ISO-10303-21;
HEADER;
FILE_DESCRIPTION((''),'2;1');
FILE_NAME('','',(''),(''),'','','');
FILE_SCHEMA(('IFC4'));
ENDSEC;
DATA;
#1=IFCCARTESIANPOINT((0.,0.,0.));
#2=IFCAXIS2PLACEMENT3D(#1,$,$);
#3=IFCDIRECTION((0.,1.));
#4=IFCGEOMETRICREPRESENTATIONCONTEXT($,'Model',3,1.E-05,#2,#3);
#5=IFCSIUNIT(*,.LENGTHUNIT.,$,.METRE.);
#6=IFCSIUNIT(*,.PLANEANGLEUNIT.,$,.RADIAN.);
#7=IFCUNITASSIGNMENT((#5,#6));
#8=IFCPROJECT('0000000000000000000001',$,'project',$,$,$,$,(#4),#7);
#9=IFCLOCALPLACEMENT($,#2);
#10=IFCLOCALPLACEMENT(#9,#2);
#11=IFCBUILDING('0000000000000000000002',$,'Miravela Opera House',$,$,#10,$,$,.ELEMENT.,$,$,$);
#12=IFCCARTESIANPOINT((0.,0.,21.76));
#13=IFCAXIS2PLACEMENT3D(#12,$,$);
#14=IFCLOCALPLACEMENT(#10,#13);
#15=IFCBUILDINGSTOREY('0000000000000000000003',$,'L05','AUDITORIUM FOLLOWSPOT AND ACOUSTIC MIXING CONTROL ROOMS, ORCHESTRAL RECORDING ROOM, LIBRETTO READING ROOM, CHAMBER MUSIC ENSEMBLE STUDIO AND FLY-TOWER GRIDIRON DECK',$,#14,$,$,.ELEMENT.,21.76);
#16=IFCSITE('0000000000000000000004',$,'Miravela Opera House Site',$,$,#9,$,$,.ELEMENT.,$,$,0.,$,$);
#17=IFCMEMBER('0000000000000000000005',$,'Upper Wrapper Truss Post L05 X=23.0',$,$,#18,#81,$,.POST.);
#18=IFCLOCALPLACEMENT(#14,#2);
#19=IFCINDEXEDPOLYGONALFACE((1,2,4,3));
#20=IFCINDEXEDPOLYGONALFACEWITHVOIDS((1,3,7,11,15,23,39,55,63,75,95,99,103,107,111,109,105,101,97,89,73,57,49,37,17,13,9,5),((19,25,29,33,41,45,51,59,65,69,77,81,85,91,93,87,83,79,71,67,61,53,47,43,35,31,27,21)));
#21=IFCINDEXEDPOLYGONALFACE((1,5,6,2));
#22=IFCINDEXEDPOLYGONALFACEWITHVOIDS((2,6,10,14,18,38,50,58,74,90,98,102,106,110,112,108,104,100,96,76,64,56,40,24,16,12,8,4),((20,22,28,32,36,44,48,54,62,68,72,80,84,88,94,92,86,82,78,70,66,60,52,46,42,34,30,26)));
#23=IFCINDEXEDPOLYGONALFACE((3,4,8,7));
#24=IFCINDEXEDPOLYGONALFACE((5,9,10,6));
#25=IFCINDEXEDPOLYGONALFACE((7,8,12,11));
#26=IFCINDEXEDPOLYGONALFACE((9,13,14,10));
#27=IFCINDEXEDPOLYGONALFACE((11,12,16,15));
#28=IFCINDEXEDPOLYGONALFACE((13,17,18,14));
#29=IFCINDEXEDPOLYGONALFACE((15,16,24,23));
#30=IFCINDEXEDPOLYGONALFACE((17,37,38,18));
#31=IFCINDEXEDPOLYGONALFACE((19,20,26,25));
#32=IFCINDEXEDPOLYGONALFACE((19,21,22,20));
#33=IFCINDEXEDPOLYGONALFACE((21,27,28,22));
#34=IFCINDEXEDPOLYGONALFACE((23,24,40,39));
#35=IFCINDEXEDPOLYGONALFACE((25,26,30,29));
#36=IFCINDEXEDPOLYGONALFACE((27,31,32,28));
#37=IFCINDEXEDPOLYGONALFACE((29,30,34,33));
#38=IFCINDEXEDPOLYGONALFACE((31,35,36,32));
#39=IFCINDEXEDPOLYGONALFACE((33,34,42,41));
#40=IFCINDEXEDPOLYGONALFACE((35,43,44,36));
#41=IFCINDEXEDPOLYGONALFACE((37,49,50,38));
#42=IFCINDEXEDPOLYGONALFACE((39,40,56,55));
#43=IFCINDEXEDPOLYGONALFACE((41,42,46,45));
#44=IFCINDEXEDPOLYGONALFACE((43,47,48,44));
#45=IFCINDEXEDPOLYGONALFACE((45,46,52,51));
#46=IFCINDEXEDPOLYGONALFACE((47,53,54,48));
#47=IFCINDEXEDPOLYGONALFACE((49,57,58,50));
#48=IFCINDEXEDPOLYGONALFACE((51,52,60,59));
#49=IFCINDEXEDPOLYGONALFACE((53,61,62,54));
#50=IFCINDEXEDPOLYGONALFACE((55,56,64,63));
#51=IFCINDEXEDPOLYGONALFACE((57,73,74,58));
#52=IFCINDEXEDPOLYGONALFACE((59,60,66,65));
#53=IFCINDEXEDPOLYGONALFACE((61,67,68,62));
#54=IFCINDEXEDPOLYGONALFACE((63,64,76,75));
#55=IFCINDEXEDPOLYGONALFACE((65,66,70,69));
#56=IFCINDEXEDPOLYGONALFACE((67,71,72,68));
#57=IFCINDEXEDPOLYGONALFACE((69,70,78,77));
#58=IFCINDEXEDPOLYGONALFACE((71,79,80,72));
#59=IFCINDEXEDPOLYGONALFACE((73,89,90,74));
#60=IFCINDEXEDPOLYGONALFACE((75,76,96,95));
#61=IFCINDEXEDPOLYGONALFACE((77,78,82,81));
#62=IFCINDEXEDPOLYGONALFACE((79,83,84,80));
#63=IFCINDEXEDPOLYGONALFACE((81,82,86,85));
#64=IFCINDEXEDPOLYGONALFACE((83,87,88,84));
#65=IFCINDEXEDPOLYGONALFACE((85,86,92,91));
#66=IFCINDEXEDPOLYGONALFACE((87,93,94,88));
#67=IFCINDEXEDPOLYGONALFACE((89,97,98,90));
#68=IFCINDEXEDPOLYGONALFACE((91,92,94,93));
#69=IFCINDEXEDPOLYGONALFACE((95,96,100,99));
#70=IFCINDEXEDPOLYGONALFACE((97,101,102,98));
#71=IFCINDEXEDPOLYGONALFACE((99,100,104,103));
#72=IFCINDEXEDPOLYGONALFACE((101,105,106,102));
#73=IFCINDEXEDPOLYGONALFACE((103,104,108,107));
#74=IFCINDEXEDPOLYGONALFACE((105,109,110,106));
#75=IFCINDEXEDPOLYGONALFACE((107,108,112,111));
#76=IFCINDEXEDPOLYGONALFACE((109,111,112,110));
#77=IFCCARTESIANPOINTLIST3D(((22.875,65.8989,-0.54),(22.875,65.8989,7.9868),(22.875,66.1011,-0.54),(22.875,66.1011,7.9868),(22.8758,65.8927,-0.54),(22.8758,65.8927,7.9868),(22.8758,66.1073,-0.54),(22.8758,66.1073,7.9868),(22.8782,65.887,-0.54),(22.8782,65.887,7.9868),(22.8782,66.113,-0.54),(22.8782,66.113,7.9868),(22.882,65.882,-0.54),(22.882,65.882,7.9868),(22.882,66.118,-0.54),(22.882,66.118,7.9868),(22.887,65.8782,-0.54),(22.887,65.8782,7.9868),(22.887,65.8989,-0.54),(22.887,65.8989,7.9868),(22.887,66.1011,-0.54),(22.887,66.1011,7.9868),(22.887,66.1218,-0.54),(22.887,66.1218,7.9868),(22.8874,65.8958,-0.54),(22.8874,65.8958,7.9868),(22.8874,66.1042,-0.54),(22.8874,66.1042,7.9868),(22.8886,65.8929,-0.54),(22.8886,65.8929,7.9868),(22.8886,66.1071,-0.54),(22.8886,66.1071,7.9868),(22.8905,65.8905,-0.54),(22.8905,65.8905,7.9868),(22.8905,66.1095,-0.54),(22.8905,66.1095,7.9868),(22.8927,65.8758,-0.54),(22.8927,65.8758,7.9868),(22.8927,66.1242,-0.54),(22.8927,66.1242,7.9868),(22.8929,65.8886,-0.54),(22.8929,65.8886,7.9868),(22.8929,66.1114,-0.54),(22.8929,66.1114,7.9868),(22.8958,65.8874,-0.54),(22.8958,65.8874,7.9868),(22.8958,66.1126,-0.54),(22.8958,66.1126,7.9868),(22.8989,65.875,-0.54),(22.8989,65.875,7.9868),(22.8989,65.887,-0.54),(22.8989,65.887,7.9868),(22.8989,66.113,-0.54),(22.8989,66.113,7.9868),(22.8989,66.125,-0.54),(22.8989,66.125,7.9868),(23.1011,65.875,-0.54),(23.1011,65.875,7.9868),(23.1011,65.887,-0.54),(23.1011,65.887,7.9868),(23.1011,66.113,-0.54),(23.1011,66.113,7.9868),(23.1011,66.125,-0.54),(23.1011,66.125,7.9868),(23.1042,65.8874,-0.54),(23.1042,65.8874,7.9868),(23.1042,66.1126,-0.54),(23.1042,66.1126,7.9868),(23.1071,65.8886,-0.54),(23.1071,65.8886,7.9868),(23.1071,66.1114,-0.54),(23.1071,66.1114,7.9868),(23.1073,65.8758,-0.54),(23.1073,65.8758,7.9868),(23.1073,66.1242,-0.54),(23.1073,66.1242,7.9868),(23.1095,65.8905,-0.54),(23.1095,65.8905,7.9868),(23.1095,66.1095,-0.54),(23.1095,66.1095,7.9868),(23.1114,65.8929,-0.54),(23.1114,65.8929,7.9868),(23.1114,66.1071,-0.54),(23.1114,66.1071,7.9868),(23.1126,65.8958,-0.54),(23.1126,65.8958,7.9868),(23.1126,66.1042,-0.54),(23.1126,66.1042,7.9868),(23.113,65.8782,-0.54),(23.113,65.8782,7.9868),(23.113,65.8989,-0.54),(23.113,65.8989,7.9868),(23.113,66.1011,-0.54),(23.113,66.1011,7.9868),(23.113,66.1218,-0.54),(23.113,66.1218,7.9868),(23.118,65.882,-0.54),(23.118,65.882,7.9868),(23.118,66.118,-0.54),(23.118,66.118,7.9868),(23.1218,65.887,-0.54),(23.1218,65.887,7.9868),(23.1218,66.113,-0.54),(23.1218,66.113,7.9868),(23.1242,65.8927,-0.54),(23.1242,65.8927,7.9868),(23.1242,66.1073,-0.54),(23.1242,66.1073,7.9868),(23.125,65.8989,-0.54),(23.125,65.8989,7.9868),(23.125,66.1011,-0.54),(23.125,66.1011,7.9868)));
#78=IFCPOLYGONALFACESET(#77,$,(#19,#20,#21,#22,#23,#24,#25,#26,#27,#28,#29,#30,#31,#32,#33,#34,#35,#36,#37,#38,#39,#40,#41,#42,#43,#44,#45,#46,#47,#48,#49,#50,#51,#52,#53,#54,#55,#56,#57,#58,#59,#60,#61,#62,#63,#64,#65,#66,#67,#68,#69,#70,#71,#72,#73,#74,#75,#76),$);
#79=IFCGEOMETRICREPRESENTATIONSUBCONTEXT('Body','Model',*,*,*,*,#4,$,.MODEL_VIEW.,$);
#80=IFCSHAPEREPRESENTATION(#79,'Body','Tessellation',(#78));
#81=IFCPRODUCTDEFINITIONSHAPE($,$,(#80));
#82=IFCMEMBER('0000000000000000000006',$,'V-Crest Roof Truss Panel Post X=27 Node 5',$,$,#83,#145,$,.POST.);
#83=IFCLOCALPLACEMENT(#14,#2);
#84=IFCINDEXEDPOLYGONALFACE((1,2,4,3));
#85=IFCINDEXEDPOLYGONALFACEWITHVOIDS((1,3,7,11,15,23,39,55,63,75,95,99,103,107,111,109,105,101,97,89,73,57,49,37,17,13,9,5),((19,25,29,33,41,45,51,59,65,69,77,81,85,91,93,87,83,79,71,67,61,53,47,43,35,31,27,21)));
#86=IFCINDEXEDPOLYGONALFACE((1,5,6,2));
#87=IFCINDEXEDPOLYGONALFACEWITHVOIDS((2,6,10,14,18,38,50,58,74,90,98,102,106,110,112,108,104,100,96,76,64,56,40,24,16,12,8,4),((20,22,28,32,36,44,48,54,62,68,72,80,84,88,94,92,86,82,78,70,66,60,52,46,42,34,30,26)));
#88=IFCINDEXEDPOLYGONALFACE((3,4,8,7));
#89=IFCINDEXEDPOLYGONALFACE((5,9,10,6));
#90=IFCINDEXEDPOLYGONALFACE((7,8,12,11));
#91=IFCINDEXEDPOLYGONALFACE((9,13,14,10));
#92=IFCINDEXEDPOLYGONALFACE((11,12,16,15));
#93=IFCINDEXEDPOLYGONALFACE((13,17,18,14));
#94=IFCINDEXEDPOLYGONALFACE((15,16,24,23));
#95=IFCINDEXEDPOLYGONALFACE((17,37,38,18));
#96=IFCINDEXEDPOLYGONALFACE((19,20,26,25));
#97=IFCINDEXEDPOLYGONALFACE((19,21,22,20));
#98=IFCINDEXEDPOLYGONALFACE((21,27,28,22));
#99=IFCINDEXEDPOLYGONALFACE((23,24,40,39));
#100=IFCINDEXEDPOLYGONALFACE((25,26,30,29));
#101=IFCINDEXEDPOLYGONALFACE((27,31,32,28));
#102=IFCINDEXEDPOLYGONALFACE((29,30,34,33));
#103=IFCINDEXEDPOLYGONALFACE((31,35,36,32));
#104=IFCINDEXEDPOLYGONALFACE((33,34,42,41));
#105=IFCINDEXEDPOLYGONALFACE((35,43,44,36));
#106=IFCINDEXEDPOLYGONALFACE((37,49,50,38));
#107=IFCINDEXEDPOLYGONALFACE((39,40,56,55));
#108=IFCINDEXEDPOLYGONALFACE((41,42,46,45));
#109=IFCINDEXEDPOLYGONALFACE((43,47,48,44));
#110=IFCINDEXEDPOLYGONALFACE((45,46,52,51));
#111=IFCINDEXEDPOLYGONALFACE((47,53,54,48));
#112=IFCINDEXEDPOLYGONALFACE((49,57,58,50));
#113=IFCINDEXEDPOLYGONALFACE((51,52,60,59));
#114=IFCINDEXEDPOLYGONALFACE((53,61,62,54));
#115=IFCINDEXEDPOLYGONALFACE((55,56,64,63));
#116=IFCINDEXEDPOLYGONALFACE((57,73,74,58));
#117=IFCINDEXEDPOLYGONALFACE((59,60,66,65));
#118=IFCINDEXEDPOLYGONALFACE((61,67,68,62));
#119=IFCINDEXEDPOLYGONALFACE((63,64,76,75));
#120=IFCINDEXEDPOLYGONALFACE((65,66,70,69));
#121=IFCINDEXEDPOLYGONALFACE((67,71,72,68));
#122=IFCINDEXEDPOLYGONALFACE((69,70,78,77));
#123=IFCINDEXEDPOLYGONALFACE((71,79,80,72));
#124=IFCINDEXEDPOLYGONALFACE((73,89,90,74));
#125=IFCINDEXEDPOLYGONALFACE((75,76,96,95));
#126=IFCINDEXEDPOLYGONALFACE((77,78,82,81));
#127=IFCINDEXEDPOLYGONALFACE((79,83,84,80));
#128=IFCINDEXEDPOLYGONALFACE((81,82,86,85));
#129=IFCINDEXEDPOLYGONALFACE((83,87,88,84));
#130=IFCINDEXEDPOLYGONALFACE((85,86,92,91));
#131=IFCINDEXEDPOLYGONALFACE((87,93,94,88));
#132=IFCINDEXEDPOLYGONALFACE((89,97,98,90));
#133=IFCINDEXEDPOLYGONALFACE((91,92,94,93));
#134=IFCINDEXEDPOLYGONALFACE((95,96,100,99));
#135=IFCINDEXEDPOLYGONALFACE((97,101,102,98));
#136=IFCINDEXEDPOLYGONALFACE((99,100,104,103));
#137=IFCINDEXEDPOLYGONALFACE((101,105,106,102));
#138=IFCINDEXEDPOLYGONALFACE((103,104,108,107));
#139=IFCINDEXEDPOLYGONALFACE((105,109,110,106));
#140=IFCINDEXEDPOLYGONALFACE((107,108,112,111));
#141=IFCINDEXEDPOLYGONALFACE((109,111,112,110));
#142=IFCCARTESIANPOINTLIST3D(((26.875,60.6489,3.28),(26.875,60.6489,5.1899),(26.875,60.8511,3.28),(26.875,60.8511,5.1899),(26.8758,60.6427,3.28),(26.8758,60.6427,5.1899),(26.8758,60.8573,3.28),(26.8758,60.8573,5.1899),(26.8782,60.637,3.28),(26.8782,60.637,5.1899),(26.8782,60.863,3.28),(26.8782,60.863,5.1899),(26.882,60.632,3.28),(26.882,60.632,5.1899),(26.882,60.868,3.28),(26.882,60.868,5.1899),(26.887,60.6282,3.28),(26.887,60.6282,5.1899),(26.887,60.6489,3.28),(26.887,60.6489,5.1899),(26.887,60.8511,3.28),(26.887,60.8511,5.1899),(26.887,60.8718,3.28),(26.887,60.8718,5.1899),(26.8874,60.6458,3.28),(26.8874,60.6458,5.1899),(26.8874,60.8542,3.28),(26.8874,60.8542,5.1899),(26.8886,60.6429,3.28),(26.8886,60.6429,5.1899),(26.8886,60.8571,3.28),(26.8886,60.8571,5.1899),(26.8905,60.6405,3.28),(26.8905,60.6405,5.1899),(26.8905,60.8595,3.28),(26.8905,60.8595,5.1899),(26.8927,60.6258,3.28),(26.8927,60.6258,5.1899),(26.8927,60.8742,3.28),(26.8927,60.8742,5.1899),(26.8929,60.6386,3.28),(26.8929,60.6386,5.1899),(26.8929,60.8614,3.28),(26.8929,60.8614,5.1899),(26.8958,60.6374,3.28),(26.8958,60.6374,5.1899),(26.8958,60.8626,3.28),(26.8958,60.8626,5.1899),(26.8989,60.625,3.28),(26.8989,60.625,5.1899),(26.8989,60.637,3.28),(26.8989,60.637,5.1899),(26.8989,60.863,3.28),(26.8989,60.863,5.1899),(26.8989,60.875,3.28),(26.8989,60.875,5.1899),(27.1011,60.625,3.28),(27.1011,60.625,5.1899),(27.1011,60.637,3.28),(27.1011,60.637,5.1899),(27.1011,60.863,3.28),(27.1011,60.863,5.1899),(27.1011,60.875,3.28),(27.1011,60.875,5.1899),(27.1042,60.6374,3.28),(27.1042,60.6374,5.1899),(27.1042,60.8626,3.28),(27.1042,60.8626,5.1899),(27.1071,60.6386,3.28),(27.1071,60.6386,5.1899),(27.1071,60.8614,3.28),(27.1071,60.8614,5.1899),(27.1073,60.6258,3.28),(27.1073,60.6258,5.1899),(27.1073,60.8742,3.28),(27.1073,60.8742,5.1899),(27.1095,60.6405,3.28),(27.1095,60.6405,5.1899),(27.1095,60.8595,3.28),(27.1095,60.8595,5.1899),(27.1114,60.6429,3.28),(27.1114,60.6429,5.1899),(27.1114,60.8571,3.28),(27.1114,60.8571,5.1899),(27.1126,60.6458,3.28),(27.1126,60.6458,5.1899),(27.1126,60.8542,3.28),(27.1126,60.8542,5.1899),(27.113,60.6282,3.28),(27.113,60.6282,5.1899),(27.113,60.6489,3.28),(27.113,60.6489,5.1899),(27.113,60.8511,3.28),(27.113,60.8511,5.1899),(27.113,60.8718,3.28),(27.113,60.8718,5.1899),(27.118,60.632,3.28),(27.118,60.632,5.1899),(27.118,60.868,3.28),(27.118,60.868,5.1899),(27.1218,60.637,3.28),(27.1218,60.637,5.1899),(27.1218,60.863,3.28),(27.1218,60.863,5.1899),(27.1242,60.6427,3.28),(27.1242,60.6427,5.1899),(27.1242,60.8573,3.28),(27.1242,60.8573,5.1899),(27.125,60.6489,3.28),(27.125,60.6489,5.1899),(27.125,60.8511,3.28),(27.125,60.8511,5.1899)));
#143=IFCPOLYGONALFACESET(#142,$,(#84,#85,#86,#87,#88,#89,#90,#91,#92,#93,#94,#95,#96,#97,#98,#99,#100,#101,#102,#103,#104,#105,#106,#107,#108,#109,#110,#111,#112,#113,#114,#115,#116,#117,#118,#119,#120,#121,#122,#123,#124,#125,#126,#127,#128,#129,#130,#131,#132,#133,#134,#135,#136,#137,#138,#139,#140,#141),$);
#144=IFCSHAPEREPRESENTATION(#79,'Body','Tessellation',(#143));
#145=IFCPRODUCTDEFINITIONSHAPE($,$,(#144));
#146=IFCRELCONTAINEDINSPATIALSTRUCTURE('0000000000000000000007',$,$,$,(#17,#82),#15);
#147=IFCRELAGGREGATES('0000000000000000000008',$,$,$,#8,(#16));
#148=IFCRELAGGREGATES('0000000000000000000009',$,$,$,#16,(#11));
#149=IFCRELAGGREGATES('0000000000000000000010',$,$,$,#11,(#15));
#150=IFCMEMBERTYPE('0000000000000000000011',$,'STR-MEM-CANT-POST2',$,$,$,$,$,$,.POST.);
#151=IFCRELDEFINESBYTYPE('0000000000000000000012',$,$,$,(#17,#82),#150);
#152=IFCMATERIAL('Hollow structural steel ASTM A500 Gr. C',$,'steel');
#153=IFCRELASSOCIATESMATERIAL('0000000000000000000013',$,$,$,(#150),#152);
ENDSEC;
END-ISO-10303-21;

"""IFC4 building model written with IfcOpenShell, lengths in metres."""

from ifc_helpers import new_model, si_unit, direction, frame, origin, origin_2d, place, context, subcontext, project, spatial, hollow_rectangle, extrude, material, material_profile, profile_set, type_object, element, save


model = new_model("IFC4")

# Units and contexts
model_context = context("Model", 3, precision=1e-05, world=origin(), true_north=direction((0.0, 1.0)))
body_context = subcontext(model_context, "Body", "Model", "MODEL_VIEW")
ifc_project = project(units=[si_unit("LENGTHUNIT", "METRE"), si_unit("PLANEANGLEUNIT", "RADIAN")], contexts=[model_context])

# Site, building, storey
site_placement = place(None, origin())
site = spatial("IfcSite", under=ifc_project, at=site_placement, Name="Miravela Opera House Site", CompositionType="ELEMENT", RefElevation=0.0)
building_placement = place(site_placement, origin())
building = spatial("IfcBuilding", under=site, at=building_placement, Name="Miravela Opera House", CompositionType="ELEMENT")
storey_placement = place(building_placement, frame((0.0, 0.0, 21.76)))
storey = spatial("IfcBuildingStorey", under=building, at=storey_placement, Name="L05", Description="AUDITORIUM FOLLOWSPOT AND ACOUSTIC MIXING CONTROL ROOMS, ORCHESTRAL RECORDING ROOM, LIBRETTO READING ROOM, CHAMBER MUSIC ENSEMBLE STUDIO AND FLY-TOWER GRIDIRON DECK", CompositionType="ELEMENT", Elevation=21.76)

# Members
ifc_material_1 = material(Name="Hollow structural steel ASTM A500 Gr. C", Category="steel")
ifc_material_profile_1 = material_profile(ifc_material_1, hollow_rectangle(XDim=0.25, YDim=0.25, WallThickness=0.012, InnerFilletRadius=0.012, OuterFilletRadius=0.0239, at=origin_2d()), Name="HSS250X250X12")
ifc_profile_set_1 = profile_set([ifc_material_profile_1])
member_type_1 = type_object("IfcMemberType", Name="STR-MEM-CANT-POST2", PredefinedType="POST", material=ifc_profile_set_1)
for number, where, z_axis, x_axis, name in (
    (1, (23.0, 66.0, -0.54), (0.0, 0.0, 1.0), (1.0, 0.0, 0.0), "Upper Wrapper Truss Post L05 X=23.0"),
):
    element("IfcMember", number, at=place(storey_placement, frame(where, z_axis=z_axis, x_axis=x_axis)), inside=storey, type_object=member_type_1, Name=name, PredefinedType="POST", context=body_context, shape_type="SweptSolid", body=[
        extrude(hollow_rectangle(XDim=0.25, YDim=0.25, WallThickness=0.012, InnerFilletRadius=0.012, OuterFilletRadius=0.0239, at=origin_2d()), origin(), (0.0, 0.0, 1.0), 8.5269),
    ])
member_1_placement = place(storey_placement, frame((27.0, 60.75, 3.28), z_axis=(0.0, 0.0, 1.0), x_axis=(1.0, 0.0, 0.0)))
element("IfcMember", 2, at=member_1_placement, inside=storey, type_object=member_type_1, Name="V-Crest Roof Truss Panel Post X=27 Node 5", PredefinedType="POST", context=body_context, shape_type="SweptSolid", body=[
    extrude(hollow_rectangle(XDim=0.25, YDim=0.25, WallThickness=0.012, InnerFilletRadius=0.012, OuterFilletRadius=0.0239, at=origin_2d()), origin(), (0.0, 0.0, 1.0), 1.9099),
])

save(model, "model.ifc")
